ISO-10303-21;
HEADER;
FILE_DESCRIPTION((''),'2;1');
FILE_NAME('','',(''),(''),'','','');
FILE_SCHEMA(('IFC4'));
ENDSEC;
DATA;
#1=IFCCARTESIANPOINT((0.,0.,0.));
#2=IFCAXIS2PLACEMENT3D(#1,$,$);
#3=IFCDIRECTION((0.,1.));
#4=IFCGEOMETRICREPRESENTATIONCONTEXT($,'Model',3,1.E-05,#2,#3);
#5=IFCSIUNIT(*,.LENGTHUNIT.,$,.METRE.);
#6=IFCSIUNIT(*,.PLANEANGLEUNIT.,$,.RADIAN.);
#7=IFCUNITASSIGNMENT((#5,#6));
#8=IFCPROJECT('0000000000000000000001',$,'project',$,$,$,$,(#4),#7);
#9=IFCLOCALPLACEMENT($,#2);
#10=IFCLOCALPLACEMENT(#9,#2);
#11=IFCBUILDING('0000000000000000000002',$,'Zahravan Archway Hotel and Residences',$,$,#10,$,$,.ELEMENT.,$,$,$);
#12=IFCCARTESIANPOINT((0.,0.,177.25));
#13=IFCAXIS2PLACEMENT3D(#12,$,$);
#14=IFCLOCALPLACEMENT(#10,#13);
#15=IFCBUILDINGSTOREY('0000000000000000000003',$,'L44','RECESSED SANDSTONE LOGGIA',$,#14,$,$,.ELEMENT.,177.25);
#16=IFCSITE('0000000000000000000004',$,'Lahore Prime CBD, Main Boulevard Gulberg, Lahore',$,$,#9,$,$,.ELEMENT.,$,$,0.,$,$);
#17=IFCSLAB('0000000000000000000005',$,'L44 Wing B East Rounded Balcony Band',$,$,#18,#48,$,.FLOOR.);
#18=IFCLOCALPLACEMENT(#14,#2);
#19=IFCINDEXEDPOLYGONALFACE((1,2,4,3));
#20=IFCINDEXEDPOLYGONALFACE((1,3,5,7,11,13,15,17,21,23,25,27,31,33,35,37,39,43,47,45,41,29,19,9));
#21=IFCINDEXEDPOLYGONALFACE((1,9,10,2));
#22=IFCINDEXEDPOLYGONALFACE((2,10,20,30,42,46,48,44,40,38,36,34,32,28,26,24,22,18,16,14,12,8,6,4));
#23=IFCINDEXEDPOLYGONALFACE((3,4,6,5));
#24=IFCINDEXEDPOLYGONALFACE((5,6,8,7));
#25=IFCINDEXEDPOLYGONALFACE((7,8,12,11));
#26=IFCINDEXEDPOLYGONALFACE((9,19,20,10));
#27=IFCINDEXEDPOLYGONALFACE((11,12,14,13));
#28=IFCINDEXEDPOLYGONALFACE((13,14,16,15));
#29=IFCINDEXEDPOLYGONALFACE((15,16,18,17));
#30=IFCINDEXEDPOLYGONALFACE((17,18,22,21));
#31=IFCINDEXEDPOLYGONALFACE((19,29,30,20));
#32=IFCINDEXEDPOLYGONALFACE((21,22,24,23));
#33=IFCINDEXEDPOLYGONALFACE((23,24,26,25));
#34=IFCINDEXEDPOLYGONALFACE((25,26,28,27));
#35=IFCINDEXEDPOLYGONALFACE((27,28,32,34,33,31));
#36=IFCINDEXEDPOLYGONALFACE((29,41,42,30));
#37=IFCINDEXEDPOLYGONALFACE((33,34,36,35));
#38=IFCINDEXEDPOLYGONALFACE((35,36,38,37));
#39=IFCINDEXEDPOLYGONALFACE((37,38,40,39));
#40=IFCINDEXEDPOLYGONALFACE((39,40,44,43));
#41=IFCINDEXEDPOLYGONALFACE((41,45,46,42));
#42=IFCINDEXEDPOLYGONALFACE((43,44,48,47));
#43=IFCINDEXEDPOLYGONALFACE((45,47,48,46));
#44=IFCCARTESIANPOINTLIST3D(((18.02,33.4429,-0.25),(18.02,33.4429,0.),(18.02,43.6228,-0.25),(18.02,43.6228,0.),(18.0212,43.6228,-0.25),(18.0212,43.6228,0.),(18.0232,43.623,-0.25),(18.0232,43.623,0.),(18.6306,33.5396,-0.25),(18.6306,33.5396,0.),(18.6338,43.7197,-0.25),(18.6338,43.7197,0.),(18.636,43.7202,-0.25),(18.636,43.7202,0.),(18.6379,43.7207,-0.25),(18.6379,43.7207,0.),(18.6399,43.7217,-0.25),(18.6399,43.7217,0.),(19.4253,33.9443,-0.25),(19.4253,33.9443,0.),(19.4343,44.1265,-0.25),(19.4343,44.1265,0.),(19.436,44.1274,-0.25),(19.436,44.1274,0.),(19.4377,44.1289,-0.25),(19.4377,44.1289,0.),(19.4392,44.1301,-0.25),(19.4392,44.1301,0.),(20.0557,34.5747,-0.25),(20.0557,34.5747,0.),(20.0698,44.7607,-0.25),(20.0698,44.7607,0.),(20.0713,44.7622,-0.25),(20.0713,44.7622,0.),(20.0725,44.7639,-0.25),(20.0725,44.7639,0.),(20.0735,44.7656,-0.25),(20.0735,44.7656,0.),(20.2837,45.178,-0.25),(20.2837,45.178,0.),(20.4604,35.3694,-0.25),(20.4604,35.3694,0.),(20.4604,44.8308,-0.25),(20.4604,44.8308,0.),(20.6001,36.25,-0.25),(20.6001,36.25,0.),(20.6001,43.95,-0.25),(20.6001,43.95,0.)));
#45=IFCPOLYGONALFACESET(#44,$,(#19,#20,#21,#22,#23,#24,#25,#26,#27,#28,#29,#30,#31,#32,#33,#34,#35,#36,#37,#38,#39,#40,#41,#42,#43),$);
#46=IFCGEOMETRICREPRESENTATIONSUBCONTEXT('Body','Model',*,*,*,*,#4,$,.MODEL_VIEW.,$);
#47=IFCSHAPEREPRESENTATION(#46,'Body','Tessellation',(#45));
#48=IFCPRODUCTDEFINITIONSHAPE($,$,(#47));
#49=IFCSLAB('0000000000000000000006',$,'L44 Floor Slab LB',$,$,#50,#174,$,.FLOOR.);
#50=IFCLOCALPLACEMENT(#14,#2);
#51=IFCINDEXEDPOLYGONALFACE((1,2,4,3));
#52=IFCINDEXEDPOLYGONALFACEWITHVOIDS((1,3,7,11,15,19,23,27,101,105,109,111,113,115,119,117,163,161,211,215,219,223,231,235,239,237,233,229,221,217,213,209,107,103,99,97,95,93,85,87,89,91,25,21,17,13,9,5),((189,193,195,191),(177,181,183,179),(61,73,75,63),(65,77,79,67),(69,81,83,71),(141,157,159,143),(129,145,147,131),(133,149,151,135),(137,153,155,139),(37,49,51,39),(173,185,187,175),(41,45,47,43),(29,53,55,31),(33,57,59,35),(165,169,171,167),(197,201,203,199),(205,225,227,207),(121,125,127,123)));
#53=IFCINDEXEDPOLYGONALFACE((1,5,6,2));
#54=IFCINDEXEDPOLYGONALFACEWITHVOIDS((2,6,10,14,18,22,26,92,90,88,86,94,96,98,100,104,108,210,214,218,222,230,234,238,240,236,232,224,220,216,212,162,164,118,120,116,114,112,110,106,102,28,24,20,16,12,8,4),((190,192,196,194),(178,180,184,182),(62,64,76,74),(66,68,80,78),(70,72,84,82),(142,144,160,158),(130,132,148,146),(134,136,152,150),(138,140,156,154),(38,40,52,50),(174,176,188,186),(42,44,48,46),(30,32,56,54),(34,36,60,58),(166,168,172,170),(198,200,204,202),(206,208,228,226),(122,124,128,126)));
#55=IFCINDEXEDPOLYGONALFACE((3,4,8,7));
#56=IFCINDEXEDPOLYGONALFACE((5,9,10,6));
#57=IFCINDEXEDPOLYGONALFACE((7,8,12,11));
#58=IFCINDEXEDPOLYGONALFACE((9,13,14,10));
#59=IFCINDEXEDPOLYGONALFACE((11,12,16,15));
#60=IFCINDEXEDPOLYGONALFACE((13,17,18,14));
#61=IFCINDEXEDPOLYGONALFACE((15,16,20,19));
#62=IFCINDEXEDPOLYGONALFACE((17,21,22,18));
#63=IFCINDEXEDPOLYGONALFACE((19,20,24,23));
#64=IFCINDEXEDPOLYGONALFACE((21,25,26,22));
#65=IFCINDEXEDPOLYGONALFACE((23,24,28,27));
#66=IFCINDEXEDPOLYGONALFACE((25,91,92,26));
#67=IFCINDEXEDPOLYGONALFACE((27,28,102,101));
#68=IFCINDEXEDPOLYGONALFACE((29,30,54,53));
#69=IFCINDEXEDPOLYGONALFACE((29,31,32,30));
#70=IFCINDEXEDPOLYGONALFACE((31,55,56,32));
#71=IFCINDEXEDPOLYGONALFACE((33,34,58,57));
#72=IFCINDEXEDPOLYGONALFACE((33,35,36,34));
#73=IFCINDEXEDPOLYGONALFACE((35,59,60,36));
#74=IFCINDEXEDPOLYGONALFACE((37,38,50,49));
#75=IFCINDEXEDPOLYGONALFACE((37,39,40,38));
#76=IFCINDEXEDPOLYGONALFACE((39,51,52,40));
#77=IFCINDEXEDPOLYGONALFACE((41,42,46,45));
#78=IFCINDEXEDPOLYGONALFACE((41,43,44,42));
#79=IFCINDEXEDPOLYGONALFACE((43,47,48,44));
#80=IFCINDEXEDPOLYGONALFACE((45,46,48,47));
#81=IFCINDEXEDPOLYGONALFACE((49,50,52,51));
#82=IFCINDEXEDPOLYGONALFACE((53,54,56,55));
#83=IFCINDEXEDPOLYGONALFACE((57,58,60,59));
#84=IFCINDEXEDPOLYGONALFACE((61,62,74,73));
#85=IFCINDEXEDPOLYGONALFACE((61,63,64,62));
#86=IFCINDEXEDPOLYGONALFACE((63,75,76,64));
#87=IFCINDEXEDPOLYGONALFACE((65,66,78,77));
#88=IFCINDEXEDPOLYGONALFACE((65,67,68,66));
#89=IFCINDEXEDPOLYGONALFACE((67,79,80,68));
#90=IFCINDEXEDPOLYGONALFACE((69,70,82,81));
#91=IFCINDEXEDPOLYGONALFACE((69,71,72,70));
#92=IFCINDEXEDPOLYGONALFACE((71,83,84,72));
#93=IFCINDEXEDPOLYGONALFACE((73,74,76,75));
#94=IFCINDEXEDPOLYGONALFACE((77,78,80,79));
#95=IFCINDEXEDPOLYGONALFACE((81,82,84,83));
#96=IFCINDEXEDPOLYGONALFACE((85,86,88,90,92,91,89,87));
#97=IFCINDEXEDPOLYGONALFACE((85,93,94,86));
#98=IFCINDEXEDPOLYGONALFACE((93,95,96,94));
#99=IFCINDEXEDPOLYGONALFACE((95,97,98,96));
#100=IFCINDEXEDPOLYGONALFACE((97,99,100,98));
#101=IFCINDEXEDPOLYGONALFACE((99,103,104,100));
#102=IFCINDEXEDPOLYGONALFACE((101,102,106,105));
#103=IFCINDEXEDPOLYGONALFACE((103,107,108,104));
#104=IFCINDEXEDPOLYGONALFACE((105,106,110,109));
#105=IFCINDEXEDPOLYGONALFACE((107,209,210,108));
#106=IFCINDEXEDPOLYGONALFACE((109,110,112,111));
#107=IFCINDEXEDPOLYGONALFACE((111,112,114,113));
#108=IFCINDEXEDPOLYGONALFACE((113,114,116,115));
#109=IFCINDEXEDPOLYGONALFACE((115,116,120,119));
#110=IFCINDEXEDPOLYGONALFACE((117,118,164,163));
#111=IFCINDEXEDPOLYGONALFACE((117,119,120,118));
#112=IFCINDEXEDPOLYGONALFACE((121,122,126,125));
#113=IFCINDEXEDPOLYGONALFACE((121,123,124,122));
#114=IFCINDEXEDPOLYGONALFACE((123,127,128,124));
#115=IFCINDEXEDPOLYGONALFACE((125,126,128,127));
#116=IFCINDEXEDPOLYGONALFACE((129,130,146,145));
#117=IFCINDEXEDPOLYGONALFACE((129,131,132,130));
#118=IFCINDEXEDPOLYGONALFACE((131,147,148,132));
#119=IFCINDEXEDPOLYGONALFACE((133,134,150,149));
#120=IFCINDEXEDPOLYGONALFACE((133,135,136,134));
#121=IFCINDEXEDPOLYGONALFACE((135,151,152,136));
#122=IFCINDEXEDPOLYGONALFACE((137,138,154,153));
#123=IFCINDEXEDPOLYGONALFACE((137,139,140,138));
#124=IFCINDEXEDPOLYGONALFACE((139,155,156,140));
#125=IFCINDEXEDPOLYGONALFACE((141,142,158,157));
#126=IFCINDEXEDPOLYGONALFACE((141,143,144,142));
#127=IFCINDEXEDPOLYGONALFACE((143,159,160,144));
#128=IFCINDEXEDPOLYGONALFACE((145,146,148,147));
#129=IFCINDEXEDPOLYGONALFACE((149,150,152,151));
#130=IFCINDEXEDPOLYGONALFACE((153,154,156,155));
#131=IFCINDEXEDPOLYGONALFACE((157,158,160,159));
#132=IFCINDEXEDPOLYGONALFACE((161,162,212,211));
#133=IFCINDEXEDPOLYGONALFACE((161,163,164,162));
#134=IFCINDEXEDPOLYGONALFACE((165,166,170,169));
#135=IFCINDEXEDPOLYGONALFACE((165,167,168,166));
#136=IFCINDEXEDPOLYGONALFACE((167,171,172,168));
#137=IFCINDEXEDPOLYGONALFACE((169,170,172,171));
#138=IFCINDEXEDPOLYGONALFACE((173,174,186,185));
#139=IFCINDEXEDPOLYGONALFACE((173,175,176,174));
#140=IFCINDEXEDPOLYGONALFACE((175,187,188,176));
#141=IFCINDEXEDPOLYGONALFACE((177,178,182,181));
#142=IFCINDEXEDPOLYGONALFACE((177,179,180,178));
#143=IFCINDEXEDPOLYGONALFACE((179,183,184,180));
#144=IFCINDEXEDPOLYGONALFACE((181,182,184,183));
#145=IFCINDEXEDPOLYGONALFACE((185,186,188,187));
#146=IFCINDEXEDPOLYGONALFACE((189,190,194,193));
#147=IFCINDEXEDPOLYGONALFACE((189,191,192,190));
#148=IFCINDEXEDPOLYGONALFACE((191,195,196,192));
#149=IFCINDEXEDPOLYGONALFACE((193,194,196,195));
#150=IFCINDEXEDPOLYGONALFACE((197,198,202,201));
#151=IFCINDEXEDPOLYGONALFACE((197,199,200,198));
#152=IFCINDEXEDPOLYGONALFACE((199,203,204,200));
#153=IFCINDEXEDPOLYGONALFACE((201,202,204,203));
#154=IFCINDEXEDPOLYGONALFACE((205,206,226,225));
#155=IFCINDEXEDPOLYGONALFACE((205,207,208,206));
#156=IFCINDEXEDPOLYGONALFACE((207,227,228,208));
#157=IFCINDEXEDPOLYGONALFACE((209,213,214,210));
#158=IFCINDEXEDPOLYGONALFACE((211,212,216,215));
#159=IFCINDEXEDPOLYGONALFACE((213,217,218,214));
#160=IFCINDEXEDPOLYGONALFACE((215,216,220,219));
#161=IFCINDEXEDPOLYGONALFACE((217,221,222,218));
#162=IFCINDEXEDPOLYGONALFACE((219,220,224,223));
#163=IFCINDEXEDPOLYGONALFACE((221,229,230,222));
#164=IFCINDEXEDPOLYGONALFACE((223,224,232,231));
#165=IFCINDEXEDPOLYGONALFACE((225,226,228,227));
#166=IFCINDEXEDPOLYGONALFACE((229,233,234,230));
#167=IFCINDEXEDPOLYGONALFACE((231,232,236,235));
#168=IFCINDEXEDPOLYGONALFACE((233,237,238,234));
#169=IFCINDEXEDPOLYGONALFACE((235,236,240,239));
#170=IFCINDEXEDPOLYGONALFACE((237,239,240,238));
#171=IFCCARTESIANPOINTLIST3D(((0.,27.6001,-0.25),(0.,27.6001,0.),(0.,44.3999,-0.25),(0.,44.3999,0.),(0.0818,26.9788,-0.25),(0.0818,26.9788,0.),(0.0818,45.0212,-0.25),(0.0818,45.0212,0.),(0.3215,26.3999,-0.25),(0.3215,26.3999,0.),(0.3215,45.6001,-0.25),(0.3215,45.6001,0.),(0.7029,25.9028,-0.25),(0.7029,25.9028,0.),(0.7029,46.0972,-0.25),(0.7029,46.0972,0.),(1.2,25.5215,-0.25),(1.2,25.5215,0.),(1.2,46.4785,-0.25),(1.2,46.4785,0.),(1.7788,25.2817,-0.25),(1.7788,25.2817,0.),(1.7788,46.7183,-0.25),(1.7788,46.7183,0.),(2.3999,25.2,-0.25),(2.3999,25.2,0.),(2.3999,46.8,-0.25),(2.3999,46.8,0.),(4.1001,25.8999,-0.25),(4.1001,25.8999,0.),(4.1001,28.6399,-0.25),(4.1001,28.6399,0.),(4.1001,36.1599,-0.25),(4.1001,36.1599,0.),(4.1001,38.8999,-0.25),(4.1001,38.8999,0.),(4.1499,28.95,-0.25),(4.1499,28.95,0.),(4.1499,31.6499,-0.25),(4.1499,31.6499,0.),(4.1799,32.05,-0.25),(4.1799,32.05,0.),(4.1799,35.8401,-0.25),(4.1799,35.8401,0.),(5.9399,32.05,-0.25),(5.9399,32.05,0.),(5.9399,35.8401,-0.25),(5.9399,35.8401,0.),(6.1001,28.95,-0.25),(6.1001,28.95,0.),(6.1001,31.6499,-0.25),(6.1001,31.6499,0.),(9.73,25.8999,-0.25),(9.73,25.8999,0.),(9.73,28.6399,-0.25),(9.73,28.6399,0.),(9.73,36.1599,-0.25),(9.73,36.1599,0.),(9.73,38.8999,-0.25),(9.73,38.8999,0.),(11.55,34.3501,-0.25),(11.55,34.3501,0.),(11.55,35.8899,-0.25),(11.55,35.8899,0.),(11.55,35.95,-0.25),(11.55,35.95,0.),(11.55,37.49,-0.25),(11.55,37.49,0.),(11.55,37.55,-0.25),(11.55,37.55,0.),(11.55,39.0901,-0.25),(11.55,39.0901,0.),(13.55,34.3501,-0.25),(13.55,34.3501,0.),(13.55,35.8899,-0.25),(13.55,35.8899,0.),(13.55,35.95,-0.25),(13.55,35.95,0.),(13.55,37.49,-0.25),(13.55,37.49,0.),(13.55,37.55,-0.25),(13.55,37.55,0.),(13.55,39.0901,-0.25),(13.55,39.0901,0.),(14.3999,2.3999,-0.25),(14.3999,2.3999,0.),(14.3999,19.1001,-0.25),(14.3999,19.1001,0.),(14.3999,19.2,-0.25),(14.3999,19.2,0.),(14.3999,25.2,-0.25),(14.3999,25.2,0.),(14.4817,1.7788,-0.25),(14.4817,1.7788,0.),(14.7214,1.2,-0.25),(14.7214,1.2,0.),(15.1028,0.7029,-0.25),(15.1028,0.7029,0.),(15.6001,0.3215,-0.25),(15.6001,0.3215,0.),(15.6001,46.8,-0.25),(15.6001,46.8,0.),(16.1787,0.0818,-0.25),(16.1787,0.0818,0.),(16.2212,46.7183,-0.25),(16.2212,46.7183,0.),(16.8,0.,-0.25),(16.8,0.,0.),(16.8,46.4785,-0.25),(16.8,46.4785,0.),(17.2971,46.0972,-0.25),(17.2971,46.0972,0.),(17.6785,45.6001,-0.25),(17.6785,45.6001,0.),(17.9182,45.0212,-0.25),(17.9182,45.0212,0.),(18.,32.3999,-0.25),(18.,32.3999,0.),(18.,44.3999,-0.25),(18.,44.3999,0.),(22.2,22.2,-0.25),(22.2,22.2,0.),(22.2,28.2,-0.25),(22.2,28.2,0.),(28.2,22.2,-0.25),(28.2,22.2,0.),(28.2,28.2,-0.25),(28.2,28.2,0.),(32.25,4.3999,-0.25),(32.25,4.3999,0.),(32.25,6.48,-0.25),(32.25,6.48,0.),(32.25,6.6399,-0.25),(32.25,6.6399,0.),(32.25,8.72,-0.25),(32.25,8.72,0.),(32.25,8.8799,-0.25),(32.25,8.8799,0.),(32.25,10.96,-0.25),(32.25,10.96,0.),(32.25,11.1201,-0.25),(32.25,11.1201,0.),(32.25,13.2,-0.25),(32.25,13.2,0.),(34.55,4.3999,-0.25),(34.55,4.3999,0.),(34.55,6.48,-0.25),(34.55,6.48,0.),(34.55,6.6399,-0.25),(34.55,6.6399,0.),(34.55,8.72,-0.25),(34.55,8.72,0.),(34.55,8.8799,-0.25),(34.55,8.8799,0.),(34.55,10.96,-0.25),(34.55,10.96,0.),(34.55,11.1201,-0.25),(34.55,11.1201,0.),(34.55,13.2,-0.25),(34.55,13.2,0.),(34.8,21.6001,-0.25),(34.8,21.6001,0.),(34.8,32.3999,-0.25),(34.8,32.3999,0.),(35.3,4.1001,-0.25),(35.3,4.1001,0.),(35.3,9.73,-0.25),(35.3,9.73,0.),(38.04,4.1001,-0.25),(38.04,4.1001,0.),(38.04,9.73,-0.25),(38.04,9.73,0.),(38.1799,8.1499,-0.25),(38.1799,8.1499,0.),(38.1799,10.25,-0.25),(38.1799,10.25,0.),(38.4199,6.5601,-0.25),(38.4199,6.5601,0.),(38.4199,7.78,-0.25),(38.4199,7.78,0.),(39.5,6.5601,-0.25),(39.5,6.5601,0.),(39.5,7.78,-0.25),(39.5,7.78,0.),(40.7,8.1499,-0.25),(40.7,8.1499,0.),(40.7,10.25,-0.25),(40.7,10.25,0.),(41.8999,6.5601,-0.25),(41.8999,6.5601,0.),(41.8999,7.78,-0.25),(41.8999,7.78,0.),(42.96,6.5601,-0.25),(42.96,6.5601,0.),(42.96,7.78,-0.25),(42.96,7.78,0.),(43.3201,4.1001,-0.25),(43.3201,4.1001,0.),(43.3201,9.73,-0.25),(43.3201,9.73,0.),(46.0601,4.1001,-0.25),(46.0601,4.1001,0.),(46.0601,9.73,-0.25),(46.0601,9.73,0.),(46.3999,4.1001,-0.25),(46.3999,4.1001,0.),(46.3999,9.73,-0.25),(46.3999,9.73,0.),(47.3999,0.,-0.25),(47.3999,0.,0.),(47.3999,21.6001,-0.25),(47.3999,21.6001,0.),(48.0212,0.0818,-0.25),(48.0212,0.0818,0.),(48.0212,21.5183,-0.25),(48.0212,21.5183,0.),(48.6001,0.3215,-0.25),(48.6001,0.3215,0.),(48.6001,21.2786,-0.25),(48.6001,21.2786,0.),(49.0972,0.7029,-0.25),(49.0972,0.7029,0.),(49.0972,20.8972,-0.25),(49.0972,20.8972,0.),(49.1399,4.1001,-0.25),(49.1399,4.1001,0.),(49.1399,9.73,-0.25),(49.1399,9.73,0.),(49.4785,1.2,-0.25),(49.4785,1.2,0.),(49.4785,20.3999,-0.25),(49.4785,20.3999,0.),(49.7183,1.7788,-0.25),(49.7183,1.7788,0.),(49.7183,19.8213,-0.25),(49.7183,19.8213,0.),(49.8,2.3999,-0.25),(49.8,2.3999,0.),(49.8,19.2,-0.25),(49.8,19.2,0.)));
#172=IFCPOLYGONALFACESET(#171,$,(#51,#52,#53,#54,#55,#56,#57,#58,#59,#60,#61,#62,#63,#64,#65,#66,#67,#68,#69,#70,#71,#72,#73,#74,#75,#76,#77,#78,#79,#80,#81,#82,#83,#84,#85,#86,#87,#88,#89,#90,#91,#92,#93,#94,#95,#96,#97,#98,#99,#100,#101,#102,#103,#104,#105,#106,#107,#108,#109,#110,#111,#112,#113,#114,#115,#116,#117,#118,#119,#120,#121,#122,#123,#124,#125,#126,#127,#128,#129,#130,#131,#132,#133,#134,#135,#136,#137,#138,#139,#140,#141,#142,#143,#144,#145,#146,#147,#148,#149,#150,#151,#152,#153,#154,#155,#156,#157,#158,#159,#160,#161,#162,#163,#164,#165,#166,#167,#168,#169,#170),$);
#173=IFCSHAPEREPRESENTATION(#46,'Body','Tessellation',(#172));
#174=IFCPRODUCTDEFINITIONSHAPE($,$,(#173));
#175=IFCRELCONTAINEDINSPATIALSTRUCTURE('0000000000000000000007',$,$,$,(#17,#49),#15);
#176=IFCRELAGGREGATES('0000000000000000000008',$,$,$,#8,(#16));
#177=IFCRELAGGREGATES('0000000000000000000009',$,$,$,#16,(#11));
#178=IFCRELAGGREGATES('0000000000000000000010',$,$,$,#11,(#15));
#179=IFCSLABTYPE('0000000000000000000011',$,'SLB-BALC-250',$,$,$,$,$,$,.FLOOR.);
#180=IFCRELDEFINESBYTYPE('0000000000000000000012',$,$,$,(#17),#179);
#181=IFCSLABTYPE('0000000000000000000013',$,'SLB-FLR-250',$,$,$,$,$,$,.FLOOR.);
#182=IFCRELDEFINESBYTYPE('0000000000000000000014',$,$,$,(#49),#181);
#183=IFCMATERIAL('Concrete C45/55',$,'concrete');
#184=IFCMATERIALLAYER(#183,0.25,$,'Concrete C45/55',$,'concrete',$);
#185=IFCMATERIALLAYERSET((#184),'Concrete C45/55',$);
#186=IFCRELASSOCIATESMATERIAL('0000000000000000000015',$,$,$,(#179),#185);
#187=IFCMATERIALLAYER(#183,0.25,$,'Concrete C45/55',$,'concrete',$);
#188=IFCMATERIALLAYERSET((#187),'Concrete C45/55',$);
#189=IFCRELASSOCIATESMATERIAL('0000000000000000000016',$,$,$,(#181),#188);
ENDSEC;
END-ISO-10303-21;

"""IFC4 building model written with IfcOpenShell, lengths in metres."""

from ifc_helpers import new_model, si_unit, direction, frame, origin, place, context, subcontext, project, spatial, polyline, outline, extrude, material, layer, layer_set, type_object, element, save


model = new_model("IFC4")

# Units and contexts
model_context = context("Model", 3, precision=1e-05, world=origin(), true_north=direction((0.0, 1.0)))
body_context = subcontext(model_context, "Body", "Model", "MODEL_VIEW")
ifc_project = project(units=[si_unit("LENGTHUNIT", "METRE"), si_unit("PLANEANGLEUNIT", "RADIAN")], contexts=[model_context])

# Site, building, storey
site_placement = place(None, origin())
site = spatial("IfcSite", under=ifc_project, at=site_placement, Name="Lahore Prime CBD, Main Boulevard Gulberg, Lahore", CompositionType="ELEMENT", RefElevation=0.0)
building_placement = place(site_placement, origin())
building = spatial("IfcBuilding", under=site, at=building_placement, Name="Zahravan Archway Hotel and Residences", CompositionType="ELEMENT")
storey_placement = place(building_placement, frame((0.0, 0.0, 177.25)))
storey = spatial("IfcBuildingStorey", under=building, at=storey_placement, Name="L44", Description="RECESSED SANDSTONE LOGGIA", CompositionType="ELEMENT", Elevation=177.25)

# Slabs
ifc_material_1 = material(Name="Concrete C45/55", Category="concrete")
ifc_layer_1 = layer(ifc_material_1, 0.25, Name="Concrete C45/55", Category="concrete")
ifc_layer_set_1 = layer_set([ifc_layer_1], Name="Concrete C45/55")
slab_type_1 = type_object("IfcSlabType", Name="SLB-BALC-250", PredefinedType="FLOOR", material=ifc_layer_set_1)
slab_1_placement = place(storey_placement, frame((0.0, 0.0, -0.25)))
element("IfcSlab", 1, at=slab_1_placement, inside=storey, type_object=slab_type_1, Name="L44 Wing B East Rounded Balcony Band", PredefinedType="FLOOR", context=body_context, shape_type="SweptSolid", body=[
    extrude(outline(polyline([(20.4604, 44.8308), (20.6001, 43.95), (20.6001, 36.25), (20.4604, 35.3694), (20.0557, 34.5747), (19.4253, 33.9443), (18.6306, 33.5396), (18.02, 33.4429), (18.02, 43.6228), (18.0212, 43.6228), (18.0232, 43.623), (18.6338, 43.7197), (18.636, 43.7202), (18.6379, 43.7207), (18.6399, 43.7217), (19.4343, 44.1265), (19.436, 44.1274), (19.4377, 44.1289), (19.4392, 44.1301), (20.0698, 44.7607), (20.0713, 44.7622), (20.0725, 44.7639), (20.0735, 44.7656), (20.2837, 45.178), (20.4604, 44.8308)])), origin(), (0.0, 0.0, 1.0), 0.25),
])
ifc_layer_2 = layer(ifc_material_1, 0.25, Name="Concrete C45/55", Category="concrete")
ifc_layer_set_2 = layer_set([ifc_layer_2], Name="Concrete C45/55")
slab_type_2 = type_object("IfcSlabType", Name="SLB-FLR-250", PredefinedType="FLOOR", material=ifc_layer_set_2)
slab_2_placement = place(storey_placement, frame((0.0, 0.0, -0.25)))
element("IfcSlab", 2, at=slab_2_placement, inside=storey, type_object=slab_type_2, Name="L44 Floor Slab LB", PredefinedType="FLOOR", context=body_context, shape_type="SweptSolid", body=[
    extrude(outline(polyline([(34.8, 21.6001), (34.8, 32.3999), (18.0, 32.3999), (18.0, 44.3999), (17.9182, 45.0212), (17.6785, 45.6001), (17.2971, 46.0972), (16.8, 46.4785), (16.2212, 46.7183), (15.6001, 46.8), (2.3999, 46.8), (1.7788, 46.7183), (1.2, 46.4785), (0.7029, 46.0972), (0.3215, 45.6001), (0.0818, 45.0212), (0.0, 44.3999), (0.0, 27.6001), (0.0818, 26.9788), (0.3215, 26.3999), (0.7029, 25.9028), (1.2, 25.5215), (1.7788, 25.2817), (2.3999, 25.2), (14.3999, 25.2), (14.3999, 19.2), (14.3999, 19.1001), (14.3999, 2.3999), (14.4817, 1.7788), (14.7214, 1.2), (15.1028, 0.7029), (15.6001, 0.3215), (16.1787, 0.0818), (16.8, 0.0), (47.3999, 0.0), (48.0212, 0.0818), (48.6001, 0.3215), (49.0972, 0.7029), (49.4785, 1.2), (49.7183, 1.7788), (49.8, 2.3999), (49.8, 19.2), (49.7183, 19.8213), (49.4785, 20.3999), (49.0972, 20.8972), (48.6001, 21.2786), (48.0212, 21.5183), (47.3999, 21.6001), (34.8, 21.6001)]), holes=[polyline([(35.3, 9.73), (35.3, 4.1001), (38.04, 4.1001), (38.04, 9.73), (35.3, 9.73)]), polyline([(43.3201, 9.73), (43.3201, 4.1001), (46.0601, 4.1001), (46.0601, 9.73), (43.3201, 9.73)]), polyline([(46.3999, 9.73), (46.3999, 4.1001), (49.1399, 4.1001), (49.1399, 9.73), (46.3999, 9.73)]), polyline([(9.73, 28.6399), (4.1001, 28.6399), (4.1001, 25.8999), (9.73, 25.8999), (9.73, 28.6399)]), polyline([(9.73, 38.8999), (4.1001, 38.8999), (4.1001, 36.1599), (9.73, 36.1599), (9.73, 38.8999)]), polyline([(38.1799, 8.1499), (40.7, 8.1499), (40.7, 10.25), (38.1799, 10.25), (38.1799, 8.1499)]), polyline([(4.1499, 28.95), (6.1001, 28.95), (6.1001, 31.6499), (4.1499, 31.6499), (4.1499, 28.95)]), polyline([(11.55, 34.3501), (13.55, 34.3501), (13.55, 35.8899), (11.55, 35.8899), (11.55, 34.3501)]), polyline([(11.55, 35.95), (13.55, 35.95), (13.55, 37.49), (11.55, 37.49), (11.55, 35.95)]), polyline([(11.55, 37.55), (13.55, 37.55), (13.55, 39.0901), (11.55, 39.0901), (11.55, 37.55)]), polyline([(32.25, 4.3999), (34.55, 4.3999), (34.55, 6.48), (32.25, 6.48), (32.25, 4.3999)]), polyline([(32.25, 6.6399), (34.55, 6.6399), (34.55, 8.72), (32.25, 8.72), (32.25, 6.6399)]), polyline([(32.25, 8.8799), (34.55, 8.8799), (34.55, 10.96), (32.25, 10.96), (32.25, 8.8799)]), polyline([(32.25, 11.1201), (34.55, 11.1201), (34.55, 13.2), (32.25, 13.2), (32.25, 11.1201)]), polyline([(22.2, 22.2), (28.2, 22.2), (28.2, 28.2), (22.2, 28.2), (22.2, 22.2)]), polyline([(38.4199, 6.5601), (39.5, 6.5601), (39.5, 7.78), (38.4199, 7.78), (38.4199, 6.5601)]), polyline([(41.8999, 6.5601), (42.96, 6.5601), (42.96, 7.78), (41.8999, 7.78), (41.8999, 6.5601)]), polyline([(4.1799, 32.05), (5.9399, 32.05), (5.9399, 35.8401), (4.1799, 35.8401), (4.1799, 32.05)])]), origin(), (0.0, 0.0, 1.0), 0.25),
])

save(model, "model.ifc")
